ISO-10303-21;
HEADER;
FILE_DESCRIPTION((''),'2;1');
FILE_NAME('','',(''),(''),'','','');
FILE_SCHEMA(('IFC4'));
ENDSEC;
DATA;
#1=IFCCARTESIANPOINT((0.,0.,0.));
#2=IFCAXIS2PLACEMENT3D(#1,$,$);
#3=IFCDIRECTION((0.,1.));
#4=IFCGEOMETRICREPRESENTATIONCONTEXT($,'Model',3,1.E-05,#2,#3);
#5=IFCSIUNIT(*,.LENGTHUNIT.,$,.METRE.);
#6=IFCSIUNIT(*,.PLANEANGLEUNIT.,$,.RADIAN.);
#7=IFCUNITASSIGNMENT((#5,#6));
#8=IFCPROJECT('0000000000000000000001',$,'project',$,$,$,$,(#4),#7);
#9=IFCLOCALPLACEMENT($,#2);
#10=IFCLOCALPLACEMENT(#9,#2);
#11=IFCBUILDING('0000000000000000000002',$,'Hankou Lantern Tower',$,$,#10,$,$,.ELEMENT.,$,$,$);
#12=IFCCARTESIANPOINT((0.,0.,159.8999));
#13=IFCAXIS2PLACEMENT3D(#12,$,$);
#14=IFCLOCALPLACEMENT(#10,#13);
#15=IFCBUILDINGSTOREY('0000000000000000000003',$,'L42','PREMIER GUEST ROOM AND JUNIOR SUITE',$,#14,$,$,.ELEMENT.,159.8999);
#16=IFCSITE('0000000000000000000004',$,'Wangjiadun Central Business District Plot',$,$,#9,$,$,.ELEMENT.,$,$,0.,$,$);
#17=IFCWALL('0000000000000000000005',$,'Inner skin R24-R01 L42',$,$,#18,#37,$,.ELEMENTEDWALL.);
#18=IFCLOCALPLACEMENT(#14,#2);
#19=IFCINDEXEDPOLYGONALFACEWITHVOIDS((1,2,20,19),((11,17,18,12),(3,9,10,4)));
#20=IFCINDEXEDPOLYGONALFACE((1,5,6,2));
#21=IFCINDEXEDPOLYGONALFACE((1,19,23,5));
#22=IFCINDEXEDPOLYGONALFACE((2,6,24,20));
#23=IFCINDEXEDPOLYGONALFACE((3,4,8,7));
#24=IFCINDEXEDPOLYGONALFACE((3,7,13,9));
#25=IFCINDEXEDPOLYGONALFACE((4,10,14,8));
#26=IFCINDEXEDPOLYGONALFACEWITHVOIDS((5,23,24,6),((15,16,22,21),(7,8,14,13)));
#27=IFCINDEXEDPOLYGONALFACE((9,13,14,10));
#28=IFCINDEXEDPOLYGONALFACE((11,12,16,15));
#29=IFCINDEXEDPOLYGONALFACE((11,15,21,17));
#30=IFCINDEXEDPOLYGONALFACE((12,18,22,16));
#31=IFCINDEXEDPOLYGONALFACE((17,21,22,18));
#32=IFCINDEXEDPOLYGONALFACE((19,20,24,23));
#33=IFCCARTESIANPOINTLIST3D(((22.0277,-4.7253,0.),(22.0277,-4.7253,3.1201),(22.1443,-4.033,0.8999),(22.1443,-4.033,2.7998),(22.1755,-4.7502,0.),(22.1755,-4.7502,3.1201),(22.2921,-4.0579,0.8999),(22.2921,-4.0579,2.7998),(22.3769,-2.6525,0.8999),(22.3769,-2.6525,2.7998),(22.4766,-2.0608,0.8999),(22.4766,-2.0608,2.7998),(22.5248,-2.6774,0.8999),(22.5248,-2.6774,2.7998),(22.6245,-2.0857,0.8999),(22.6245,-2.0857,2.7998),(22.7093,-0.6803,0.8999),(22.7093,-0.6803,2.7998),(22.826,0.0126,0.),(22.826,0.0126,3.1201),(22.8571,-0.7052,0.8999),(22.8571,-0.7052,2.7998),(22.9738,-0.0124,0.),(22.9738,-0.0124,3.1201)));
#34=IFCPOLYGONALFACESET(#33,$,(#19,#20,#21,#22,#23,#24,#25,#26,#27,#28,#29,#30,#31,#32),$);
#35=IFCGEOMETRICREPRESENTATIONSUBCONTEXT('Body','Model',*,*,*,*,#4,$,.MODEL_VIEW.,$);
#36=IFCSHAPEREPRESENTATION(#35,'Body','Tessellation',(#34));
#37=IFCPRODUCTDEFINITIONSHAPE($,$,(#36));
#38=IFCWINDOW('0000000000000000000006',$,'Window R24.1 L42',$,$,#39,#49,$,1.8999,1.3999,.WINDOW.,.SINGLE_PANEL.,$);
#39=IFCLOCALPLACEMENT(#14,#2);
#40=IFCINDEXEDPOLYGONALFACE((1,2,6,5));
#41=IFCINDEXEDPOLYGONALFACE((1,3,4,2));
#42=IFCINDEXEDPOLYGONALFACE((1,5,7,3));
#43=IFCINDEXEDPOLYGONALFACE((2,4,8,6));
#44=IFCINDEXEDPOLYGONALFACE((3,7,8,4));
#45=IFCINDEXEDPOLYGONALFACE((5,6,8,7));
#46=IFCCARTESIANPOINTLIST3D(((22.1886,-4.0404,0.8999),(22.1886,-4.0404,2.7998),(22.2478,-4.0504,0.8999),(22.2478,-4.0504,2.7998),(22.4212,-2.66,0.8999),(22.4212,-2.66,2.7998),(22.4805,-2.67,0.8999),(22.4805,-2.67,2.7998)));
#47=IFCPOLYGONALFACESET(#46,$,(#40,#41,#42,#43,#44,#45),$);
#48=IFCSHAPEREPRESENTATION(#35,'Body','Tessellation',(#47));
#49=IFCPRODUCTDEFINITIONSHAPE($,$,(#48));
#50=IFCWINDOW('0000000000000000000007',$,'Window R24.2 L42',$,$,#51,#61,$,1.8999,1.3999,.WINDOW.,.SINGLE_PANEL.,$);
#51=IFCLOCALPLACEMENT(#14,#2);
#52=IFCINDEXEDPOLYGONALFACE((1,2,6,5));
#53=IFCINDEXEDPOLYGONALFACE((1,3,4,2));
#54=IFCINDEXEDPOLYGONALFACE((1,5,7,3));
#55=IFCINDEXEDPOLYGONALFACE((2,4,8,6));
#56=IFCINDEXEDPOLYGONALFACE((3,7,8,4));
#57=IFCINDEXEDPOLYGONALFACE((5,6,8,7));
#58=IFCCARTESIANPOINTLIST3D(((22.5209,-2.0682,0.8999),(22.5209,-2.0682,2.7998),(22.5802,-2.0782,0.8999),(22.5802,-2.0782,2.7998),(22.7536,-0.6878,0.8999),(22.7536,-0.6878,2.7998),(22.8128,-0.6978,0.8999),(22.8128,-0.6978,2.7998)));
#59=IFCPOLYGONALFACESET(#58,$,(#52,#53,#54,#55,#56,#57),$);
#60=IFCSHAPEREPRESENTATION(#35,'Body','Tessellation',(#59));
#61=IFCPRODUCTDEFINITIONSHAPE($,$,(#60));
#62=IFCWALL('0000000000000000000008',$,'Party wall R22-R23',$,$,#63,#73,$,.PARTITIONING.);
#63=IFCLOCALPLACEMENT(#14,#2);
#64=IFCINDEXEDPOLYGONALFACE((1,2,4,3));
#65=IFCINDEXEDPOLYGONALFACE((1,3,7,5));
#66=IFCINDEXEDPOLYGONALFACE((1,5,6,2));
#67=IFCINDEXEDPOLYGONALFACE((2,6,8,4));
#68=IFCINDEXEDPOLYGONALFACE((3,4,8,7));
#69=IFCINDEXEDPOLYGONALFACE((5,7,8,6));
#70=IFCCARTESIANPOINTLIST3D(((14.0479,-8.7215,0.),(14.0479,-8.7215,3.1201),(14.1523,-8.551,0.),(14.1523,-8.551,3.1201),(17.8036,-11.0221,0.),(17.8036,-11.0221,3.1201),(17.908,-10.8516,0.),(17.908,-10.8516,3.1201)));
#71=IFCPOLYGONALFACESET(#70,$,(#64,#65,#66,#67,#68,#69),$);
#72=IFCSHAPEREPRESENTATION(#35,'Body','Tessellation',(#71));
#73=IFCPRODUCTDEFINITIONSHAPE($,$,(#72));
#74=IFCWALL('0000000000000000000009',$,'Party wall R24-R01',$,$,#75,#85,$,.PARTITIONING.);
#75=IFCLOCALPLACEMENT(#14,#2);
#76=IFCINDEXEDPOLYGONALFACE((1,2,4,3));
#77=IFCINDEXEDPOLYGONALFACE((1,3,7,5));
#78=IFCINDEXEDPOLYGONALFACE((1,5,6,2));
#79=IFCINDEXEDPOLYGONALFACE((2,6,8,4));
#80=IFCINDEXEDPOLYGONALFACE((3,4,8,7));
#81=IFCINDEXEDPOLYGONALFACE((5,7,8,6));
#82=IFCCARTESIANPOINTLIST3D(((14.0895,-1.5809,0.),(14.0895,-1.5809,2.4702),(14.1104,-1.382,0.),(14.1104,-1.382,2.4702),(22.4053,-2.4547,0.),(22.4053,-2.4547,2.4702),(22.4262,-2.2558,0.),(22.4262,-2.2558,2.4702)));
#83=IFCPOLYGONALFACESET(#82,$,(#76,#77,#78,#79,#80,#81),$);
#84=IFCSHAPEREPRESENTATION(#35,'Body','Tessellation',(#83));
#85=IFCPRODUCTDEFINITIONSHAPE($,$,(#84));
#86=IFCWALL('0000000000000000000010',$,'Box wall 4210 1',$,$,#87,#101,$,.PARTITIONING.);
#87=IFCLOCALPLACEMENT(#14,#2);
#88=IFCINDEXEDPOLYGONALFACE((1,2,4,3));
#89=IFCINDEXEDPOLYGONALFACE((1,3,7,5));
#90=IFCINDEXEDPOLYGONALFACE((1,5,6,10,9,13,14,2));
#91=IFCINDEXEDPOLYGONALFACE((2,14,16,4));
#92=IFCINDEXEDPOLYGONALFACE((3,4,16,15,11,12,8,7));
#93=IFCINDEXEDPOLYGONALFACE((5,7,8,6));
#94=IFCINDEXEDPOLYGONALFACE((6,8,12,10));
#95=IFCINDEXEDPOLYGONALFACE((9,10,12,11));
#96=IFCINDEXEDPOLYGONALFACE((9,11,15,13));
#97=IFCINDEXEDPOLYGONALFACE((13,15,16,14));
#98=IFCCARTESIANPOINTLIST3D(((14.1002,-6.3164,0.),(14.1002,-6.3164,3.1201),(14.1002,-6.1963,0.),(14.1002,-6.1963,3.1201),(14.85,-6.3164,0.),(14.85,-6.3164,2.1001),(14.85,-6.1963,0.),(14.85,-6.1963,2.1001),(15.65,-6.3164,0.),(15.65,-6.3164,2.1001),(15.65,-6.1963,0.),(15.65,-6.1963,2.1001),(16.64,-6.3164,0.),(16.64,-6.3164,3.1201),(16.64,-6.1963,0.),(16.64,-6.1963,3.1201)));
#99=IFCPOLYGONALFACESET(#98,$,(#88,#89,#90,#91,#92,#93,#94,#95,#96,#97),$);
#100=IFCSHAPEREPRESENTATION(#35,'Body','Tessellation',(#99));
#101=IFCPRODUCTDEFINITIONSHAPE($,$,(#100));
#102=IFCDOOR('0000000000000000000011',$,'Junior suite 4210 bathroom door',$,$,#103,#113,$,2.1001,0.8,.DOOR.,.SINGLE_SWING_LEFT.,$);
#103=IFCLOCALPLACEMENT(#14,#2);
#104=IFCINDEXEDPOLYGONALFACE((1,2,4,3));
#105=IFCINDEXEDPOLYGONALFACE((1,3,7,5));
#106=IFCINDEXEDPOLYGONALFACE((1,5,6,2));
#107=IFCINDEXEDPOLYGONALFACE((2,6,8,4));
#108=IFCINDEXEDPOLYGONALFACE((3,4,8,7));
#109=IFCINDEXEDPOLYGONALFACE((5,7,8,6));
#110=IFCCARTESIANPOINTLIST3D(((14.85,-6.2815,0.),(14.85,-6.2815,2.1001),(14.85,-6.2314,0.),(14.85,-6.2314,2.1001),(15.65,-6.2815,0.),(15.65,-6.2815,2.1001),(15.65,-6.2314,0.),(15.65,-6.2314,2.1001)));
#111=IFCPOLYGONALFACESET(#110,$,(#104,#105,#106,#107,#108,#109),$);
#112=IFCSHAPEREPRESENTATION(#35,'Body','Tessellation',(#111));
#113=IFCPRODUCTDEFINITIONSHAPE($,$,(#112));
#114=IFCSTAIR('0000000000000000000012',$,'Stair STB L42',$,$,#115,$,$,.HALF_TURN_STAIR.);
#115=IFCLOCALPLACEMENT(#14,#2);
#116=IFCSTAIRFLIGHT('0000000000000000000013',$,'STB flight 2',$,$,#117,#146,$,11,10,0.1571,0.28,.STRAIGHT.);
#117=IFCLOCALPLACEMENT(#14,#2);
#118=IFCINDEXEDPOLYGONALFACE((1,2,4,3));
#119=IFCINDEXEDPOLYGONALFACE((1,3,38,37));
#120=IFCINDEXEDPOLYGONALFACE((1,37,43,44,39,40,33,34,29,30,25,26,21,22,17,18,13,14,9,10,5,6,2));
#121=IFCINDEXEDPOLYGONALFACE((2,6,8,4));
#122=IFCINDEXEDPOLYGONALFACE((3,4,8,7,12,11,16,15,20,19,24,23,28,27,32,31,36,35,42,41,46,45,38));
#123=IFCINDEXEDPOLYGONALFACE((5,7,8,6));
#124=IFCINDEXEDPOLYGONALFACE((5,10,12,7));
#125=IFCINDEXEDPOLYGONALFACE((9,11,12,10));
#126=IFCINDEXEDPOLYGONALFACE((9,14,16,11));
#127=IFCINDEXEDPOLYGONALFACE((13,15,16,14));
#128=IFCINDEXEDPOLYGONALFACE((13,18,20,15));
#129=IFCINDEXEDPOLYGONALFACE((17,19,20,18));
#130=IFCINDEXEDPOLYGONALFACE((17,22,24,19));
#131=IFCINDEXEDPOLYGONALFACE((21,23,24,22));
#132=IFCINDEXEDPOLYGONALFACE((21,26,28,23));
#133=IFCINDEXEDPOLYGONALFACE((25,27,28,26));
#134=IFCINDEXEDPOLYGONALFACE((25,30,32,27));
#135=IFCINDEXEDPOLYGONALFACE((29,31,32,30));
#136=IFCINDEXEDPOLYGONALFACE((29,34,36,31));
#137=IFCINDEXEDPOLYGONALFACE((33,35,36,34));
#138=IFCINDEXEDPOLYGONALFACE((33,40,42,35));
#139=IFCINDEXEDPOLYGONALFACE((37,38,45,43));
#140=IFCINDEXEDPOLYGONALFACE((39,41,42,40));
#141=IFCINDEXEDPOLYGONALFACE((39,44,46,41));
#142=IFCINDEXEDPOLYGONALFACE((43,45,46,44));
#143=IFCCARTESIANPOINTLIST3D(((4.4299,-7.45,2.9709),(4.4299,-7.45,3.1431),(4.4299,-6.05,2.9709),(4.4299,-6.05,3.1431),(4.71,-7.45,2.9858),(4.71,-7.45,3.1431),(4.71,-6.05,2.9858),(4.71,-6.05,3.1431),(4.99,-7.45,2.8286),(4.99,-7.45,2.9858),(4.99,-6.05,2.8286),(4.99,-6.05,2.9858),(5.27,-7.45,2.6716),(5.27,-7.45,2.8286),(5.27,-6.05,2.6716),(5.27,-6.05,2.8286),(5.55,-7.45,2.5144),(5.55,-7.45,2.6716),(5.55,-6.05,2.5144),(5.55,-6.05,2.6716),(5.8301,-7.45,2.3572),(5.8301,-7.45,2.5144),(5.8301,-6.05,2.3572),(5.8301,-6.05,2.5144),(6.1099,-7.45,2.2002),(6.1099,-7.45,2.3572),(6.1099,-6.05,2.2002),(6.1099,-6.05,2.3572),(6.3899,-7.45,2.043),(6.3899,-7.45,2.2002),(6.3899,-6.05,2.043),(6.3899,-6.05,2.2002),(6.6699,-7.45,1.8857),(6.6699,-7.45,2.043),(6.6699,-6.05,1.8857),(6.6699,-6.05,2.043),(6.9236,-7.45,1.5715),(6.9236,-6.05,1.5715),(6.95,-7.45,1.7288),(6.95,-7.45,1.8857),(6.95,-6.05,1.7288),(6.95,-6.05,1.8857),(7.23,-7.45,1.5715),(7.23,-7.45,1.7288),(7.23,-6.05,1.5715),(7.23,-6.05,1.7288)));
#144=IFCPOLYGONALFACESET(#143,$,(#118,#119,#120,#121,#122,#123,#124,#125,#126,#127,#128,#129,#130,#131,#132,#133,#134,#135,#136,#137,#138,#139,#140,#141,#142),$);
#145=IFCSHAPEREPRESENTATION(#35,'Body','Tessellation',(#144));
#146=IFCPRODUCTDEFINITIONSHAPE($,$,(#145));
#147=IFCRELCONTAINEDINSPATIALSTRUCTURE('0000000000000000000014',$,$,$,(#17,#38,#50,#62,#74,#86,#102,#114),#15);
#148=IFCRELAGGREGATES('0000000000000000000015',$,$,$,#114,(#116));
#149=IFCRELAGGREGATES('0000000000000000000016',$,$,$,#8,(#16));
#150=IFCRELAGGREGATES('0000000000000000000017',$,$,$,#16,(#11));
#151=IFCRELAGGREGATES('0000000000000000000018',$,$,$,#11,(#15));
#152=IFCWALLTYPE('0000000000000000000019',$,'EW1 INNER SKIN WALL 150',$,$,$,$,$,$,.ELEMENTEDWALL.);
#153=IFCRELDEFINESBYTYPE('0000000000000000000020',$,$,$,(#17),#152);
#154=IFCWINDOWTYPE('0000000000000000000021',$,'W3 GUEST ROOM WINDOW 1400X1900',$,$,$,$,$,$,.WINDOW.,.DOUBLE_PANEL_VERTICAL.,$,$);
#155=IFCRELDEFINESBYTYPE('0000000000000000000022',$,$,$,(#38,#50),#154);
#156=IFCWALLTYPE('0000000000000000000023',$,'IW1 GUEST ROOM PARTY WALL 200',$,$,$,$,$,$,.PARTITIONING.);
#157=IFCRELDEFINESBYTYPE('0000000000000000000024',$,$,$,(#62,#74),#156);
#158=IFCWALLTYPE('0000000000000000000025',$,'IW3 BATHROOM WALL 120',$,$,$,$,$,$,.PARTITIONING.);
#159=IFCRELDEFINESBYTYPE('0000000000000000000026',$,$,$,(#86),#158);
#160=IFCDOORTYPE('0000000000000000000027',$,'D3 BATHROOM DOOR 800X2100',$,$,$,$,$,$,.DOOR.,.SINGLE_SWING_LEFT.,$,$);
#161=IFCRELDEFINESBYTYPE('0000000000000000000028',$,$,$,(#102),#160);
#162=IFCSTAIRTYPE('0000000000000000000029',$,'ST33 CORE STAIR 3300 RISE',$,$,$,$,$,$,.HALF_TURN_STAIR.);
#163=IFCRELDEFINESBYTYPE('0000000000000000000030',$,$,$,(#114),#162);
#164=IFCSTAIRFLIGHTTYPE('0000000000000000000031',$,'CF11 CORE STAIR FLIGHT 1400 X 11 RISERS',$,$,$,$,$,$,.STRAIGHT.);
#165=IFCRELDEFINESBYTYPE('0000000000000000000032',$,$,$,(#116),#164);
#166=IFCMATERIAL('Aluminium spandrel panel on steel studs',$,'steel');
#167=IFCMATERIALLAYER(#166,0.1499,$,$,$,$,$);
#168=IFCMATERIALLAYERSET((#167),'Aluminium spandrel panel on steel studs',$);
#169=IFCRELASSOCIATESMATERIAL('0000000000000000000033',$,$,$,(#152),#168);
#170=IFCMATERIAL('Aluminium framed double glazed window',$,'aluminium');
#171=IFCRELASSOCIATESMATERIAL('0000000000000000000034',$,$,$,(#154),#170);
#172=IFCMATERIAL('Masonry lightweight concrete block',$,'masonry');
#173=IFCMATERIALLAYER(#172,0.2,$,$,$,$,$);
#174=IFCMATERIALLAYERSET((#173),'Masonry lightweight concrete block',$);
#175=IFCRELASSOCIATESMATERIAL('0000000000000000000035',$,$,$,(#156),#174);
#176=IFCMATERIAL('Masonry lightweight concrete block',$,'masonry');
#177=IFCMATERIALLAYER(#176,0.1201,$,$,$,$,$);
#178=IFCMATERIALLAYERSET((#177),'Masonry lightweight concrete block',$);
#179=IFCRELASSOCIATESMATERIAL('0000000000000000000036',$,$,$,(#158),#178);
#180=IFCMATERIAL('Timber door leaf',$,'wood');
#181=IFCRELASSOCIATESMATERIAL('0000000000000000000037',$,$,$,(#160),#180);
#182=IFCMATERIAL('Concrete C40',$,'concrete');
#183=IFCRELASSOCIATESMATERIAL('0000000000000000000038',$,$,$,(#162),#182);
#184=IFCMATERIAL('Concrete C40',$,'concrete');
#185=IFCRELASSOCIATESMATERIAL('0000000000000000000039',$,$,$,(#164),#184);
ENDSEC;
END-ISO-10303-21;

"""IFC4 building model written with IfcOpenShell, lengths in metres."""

from ifc_helpers import new_model, si_unit, direction, frame, frame_2d, origin, place, context, subcontext, project, spatial, polyline, rectangle, outline, extrude, material, layer, layer_set, type_object, element, fill, aggregate, save


model = new_model("IFC4")

# Units and contexts
model_context = context("Model", 3, precision=1e-05, world=origin(), true_north=direction((0.0, 1.0)))
body_context = subcontext(model_context, "Body", "Model", "MODEL_VIEW")
ifc_project = project(units=[si_unit("LENGTHUNIT", "METRE"), si_unit("PLANEANGLEUNIT", "RADIAN")], contexts=[model_context])

# Site, building, storey
site_placement = place(None, origin())
site = spatial("IfcSite", under=ifc_project, at=site_placement, Name="Wangjiadun Central Business District Plot", CompositionType="ELEMENT", RefElevation=0.0)
building_placement = place(site_placement, origin())
building = spatial("IfcBuilding", under=site, at=building_placement, Name="Hankou Lantern Tower", CompositionType="ELEMENT")
storey_placement = place(building_placement, frame((0.0, 0.0, 159.8999)))
storey = spatial("IfcBuildingStorey", under=building, at=storey_placement, Name="L42", Description="PREMIER GUEST ROOM AND JUNIOR SUITE", CompositionType="ELEMENT", Elevation=159.8999)

# Wall, openings, windows
ifc_material_1 = material(Name="Aluminium spandrel panel on steel studs", Category="steel")
ifc_layer_1 = layer(ifc_material_1, 0.1499)
ifc_layer_set_1 = layer_set([ifc_layer_1], Name="Aluminium spandrel panel on steel studs")
wall_type_1 = type_object("IfcWallType", Name="EW1 INNER SKIN WALL 150", PredefinedType="ELEMENTEDWALL", material=ifc_layer_set_1)
ifc_material_2 = material(Name="Aluminium framed double glazed window", Category="aluminium")
window_type = type_object("IfcWindowType", Name="W3 GUEST ROOM WINDOW 1400X1900", PartitioningType="DOUBLE_PANEL_VERTICAL", PredefinedType="WINDOW", material=ifc_material_2)
wall_1_placement = place(storey_placement, frame((22.1016, -4.7378, 0.0), z_axis=(0.0, 0.0, 1.0), x_axis=(0.166162, 0.986098, 0.0)))
wall_1 = element("IfcWall", 1, at=wall_1_placement, inside=storey, type_object=wall_type_1, Name="Inner skin R24-R01 L42", PredefinedType="ELEMENTEDWALL", context=body_context, shape_type="SweptSolid", body=[
    extrude(rectangle(XDim=4.8047, YDim=0.1499, at=frame_2d((2.4023, 0.0))), origin(), (0.0, 0.0, 1.0), 3.1201),
])
opening_1_placement = place(wall_1_placement, frame((0.7021, 0.0, 0.8999)))
opening_1 = element("IfcOpeningElement", 2, at=opening_1_placement, cuts=wall_1, PredefinedType="OPENING", context=body_context, shape_type="SweptSolid", body=[
    extrude(rectangle(XDim=1.3999, YDim=1.8999, at=frame_2d((0.7, 0.95))), frame((0.0, 0.085, 0.0), z_axis=(0.0, -1.0, 0.0), x_axis=(1.0, 0.0, 0.0)), (0.0, 0.0, 1.0), 0.1699),
])
opening_2_placement = place(wall_1_placement, frame((2.7021, 0.0, 0.8999)))
opening_2 = element("IfcOpeningElement", 3, at=opening_2_placement, cuts=wall_1, PredefinedType="OPENING", context=body_context, shape_type="SweptSolid", body=[
    extrude(rectangle(XDim=1.3999, YDim=1.8999, at=frame_2d((0.7, 0.95))), frame((0.0, 0.085, 0.0), z_axis=(0.0, -1.0, 0.0), x_axis=(1.0, 0.0, 0.0)), (0.0, 0.0, 1.0), 0.1699),
])
window_1_placement = place(opening_1_placement, origin())
window_1 = element("IfcWindow", 4, at=window_1_placement, inside=storey, type_object=window_type, Name="Window R24.1 L42", OverallHeight=1.8999, OverallWidth=1.3999, PartitioningType="SINGLE_PANEL", PredefinedType="WINDOW", context=body_context, shape_type="SweptSolid", body=[
    extrude(rectangle(XDim=1.3999, YDim=1.8999, at=frame_2d((0.7, 0.95))), frame((0.0, 0.03, 0.0), z_axis=(0.0, -1.0, 0.0), x_axis=(1.0, 0.0, 0.0)), (0.0, 0.0, 1.0), 0.0601),
])
fill(opening_1, window_1)
window_2_placement = place(opening_2_placement, origin())
window_2 = element("IfcWindow", 5, at=window_2_placement, inside=storey, type_object=window_type, Name="Window R24.2 L42", OverallHeight=1.8999, OverallWidth=1.3999, PartitioningType="SINGLE_PANEL", PredefinedType="WINDOW", context=body_context, shape_type="SweptSolid", body=[
    extrude(rectangle(XDim=1.3999, YDim=1.8999, at=frame_2d((0.7, 0.95))), frame((0.0, 0.03, 0.0), z_axis=(0.0, -1.0, 0.0), x_axis=(1.0, 0.0, 0.0)), (0.0, 0.0, 1.0), 0.0601),
])
fill(opening_2, window_2)

# Walls
ifc_material_3 = material(Name="Masonry lightweight concrete block", Category="masonry")
ifc_layer_2 = layer(ifc_material_3, 0.2)
ifc_layer_set_2 = layer_set([ifc_layer_2], Name="Masonry lightweight concrete block")
wall_type_2 = type_object("IfcWallType", Name="IW1 GUEST ROOM PARTY WALL 200", PredefinedType="PARTITIONING", material=ifc_layer_set_2)
wall_2_placement = place(storey_placement, frame((14.1001, -8.6362, 0.0), z_axis=(0.0, 0.0, 1.0), x_axis=(0.852732, -0.522349, 0.0)))
element("IfcWall", 6, at=wall_2_placement, inside=storey, type_object=wall_type_2, Name="Party wall R22-R23", PredefinedType="PARTITIONING", context=body_context, shape_type="SweptSolid", body=[
    extrude(rectangle(XDim=4.4043, YDim=0.2, at=frame_2d((2.2021, 0.0))), origin(), (0.0, 0.0, 1.0), 3.1201),
])
wall_3_placement = place(storey_placement, frame((14.1001, -1.4814, 0.0), z_axis=(0.0, 0.0, 1.0), x_axis=(0.994525, -0.104501, 0.0)))
element("IfcWall", 7, at=wall_3_placement, inside=storey, type_object=wall_type_2, Name="Party wall R24-R01", PredefinedType="PARTITIONING", context=body_context, shape_type="SweptSolid", body=[
    extrude(rectangle(XDim=8.3616, YDim=0.2, at=frame_2d((4.1807, 0.0))), origin(), (0.0, 0.0, 1.0), 2.4702),
])

# Wall, opening, door
ifc_material_4 = material(Name="Masonry lightweight concrete block", Category="masonry")
ifc_layer_3 = layer(ifc_material_4, 0.1201)
ifc_layer_set_3 = layer_set([ifc_layer_3], Name="Masonry lightweight concrete block")
wall_type_3 = type_object("IfcWallType", Name="IW3 BATHROOM WALL 120", PredefinedType="PARTITIONING", material=ifc_layer_set_3)
wall_4_placement = place(storey_placement, frame((14.1001, -6.2563, 0.0), z_axis=(0.0, 0.0, 1.0), x_axis=(1.0, 0.0, 0.0)))
wall_4 = element("IfcWall", 8, at=wall_4_placement, inside=storey, type_object=wall_type_3, Name="Box wall 4210 1", PredefinedType="PARTITIONING", context=body_context, shape_type="SweptSolid", body=[
    extrude(rectangle(XDim=2.5398, YDim=0.1201, at=frame_2d((1.27, 0.0))), origin(), (0.0, 0.0, 1.0), 3.1201),
])
opening_3_placement = place(wall_4_placement, frame((0.75, 0.0, 0.0)))
opening_3 = element("IfcOpeningElement", 9, at=opening_3_placement, cuts=wall_4, PredefinedType="OPENING", context=body_context, shape_type="SweptSolid", body=[
    extrude(rectangle(XDim=0.8, YDim=2.1001, at=frame_2d((0.3999, 1.05))), frame((0.0, 0.0701, 0.0), z_axis=(0.0, -1.0, 0.0), x_axis=(1.0, 0.0, 0.0)), (0.0, 0.0, 1.0), 0.1401),
])
ifc_material_5 = material(Name="Timber door leaf", Category="wood")
door_type_1 = type_object("IfcDoorType", Name="D3 BATHROOM DOOR 800X2100", OperationType="SINGLE_SWING_LEFT", PredefinedType="DOOR", material=ifc_material_5)
door_1_placement = place(opening_3_placement, origin())
door_1 = element("IfcDoor", 10, at=door_1_placement, inside=storey, type_object=door_type_1, Name="Junior suite 4210 bathroom door", OperationType="SINGLE_SWING_LEFT", OverallHeight=2.1001, OverallWidth=0.8, PredefinedType="DOOR", context=body_context, shape_type="SweptSolid", body=[
    extrude(rectangle(XDim=0.8, YDim=2.1001, at=frame_2d((0.3999, 1.05))), frame((0.0, 0.0249, 0.0), z_axis=(0.0, -1.0, 0.0), x_axis=(1.0, 0.0, 0.0)), (0.0, 0.0, 1.0), 0.05),
])
fill(opening_3, door_1)

# Stair, stair flight
ifc_material_6 = material(Name="Concrete C40", Category="concrete")
stair_type = type_object("IfcStairType", Name="ST33 CORE STAIR 3300 RISE", PredefinedType="HALF_TURN_STAIR", material=ifc_material_6)
stair_placement = place(storey_placement, origin())
stair = element("IfcStair", 11, at=stair_placement, inside=storey, type_object=stair_type, Name="Stair STB L42", PredefinedType="HALF_TURN_STAIR")
ifc_material_7 = material(Name="Concrete C40", Category="concrete")
stair_flight_type = type_object("IfcStairFlightType", Name="CF11 CORE STAIR FLIGHT 1400 X 11 RISERS", PredefinedType="STRAIGHT", material=ifc_material_7)
stair_flight_placement = place(storey_placement, frame((7.23, -6.75, 1.5715), z_axis=(0.0, 0.0, 1.0), x_axis=(-1.0, 0.0, 0.0)))
stair_flight = element("IfcStairFlight", 12, at=stair_flight_placement, type_object=stair_flight_type, Name="STB flight 2", NumberOfRisers=11, NumberOfTreads=10, PredefinedType="STRAIGHT", RiserHeight=0.1571, TreadLength=0.28, context=body_context, shape_type="SweptSolid", body=[
    extrude(outline(polyline([(0.0, 0.0), (0.0, 0.1572), (0.28, 0.1572), (0.28, 0.3142), (0.5601, 0.3142), (0.5601, 0.4714), (0.8401, 0.4714), (0.8401, 0.6287), (1.1201, 0.6287), (1.1201, 0.7856), (1.3999, 0.7856), (1.3999, 0.9429), (1.6799, 0.9429), (1.6799, 1.1001), (1.96, 1.1001), (1.96, 1.2571), (2.24, 1.2571), (2.24, 1.4143), (2.52, 1.4143), (2.52, 1.5715), (2.8, 1.5715), (2.8, 1.7285), (2.8, 1.3994), (0.3064, 0.0), (0.0, 0.0)])), frame((0.0, 0.7, 0.0), z_axis=(0.0, -1.0, 0.0), x_axis=(1.0, 0.0, 0.0)), (0.0, 0.0, 1.0), 1.3999),
])
aggregate(stair, [stair_flight])

save(model, "model.ifc")
